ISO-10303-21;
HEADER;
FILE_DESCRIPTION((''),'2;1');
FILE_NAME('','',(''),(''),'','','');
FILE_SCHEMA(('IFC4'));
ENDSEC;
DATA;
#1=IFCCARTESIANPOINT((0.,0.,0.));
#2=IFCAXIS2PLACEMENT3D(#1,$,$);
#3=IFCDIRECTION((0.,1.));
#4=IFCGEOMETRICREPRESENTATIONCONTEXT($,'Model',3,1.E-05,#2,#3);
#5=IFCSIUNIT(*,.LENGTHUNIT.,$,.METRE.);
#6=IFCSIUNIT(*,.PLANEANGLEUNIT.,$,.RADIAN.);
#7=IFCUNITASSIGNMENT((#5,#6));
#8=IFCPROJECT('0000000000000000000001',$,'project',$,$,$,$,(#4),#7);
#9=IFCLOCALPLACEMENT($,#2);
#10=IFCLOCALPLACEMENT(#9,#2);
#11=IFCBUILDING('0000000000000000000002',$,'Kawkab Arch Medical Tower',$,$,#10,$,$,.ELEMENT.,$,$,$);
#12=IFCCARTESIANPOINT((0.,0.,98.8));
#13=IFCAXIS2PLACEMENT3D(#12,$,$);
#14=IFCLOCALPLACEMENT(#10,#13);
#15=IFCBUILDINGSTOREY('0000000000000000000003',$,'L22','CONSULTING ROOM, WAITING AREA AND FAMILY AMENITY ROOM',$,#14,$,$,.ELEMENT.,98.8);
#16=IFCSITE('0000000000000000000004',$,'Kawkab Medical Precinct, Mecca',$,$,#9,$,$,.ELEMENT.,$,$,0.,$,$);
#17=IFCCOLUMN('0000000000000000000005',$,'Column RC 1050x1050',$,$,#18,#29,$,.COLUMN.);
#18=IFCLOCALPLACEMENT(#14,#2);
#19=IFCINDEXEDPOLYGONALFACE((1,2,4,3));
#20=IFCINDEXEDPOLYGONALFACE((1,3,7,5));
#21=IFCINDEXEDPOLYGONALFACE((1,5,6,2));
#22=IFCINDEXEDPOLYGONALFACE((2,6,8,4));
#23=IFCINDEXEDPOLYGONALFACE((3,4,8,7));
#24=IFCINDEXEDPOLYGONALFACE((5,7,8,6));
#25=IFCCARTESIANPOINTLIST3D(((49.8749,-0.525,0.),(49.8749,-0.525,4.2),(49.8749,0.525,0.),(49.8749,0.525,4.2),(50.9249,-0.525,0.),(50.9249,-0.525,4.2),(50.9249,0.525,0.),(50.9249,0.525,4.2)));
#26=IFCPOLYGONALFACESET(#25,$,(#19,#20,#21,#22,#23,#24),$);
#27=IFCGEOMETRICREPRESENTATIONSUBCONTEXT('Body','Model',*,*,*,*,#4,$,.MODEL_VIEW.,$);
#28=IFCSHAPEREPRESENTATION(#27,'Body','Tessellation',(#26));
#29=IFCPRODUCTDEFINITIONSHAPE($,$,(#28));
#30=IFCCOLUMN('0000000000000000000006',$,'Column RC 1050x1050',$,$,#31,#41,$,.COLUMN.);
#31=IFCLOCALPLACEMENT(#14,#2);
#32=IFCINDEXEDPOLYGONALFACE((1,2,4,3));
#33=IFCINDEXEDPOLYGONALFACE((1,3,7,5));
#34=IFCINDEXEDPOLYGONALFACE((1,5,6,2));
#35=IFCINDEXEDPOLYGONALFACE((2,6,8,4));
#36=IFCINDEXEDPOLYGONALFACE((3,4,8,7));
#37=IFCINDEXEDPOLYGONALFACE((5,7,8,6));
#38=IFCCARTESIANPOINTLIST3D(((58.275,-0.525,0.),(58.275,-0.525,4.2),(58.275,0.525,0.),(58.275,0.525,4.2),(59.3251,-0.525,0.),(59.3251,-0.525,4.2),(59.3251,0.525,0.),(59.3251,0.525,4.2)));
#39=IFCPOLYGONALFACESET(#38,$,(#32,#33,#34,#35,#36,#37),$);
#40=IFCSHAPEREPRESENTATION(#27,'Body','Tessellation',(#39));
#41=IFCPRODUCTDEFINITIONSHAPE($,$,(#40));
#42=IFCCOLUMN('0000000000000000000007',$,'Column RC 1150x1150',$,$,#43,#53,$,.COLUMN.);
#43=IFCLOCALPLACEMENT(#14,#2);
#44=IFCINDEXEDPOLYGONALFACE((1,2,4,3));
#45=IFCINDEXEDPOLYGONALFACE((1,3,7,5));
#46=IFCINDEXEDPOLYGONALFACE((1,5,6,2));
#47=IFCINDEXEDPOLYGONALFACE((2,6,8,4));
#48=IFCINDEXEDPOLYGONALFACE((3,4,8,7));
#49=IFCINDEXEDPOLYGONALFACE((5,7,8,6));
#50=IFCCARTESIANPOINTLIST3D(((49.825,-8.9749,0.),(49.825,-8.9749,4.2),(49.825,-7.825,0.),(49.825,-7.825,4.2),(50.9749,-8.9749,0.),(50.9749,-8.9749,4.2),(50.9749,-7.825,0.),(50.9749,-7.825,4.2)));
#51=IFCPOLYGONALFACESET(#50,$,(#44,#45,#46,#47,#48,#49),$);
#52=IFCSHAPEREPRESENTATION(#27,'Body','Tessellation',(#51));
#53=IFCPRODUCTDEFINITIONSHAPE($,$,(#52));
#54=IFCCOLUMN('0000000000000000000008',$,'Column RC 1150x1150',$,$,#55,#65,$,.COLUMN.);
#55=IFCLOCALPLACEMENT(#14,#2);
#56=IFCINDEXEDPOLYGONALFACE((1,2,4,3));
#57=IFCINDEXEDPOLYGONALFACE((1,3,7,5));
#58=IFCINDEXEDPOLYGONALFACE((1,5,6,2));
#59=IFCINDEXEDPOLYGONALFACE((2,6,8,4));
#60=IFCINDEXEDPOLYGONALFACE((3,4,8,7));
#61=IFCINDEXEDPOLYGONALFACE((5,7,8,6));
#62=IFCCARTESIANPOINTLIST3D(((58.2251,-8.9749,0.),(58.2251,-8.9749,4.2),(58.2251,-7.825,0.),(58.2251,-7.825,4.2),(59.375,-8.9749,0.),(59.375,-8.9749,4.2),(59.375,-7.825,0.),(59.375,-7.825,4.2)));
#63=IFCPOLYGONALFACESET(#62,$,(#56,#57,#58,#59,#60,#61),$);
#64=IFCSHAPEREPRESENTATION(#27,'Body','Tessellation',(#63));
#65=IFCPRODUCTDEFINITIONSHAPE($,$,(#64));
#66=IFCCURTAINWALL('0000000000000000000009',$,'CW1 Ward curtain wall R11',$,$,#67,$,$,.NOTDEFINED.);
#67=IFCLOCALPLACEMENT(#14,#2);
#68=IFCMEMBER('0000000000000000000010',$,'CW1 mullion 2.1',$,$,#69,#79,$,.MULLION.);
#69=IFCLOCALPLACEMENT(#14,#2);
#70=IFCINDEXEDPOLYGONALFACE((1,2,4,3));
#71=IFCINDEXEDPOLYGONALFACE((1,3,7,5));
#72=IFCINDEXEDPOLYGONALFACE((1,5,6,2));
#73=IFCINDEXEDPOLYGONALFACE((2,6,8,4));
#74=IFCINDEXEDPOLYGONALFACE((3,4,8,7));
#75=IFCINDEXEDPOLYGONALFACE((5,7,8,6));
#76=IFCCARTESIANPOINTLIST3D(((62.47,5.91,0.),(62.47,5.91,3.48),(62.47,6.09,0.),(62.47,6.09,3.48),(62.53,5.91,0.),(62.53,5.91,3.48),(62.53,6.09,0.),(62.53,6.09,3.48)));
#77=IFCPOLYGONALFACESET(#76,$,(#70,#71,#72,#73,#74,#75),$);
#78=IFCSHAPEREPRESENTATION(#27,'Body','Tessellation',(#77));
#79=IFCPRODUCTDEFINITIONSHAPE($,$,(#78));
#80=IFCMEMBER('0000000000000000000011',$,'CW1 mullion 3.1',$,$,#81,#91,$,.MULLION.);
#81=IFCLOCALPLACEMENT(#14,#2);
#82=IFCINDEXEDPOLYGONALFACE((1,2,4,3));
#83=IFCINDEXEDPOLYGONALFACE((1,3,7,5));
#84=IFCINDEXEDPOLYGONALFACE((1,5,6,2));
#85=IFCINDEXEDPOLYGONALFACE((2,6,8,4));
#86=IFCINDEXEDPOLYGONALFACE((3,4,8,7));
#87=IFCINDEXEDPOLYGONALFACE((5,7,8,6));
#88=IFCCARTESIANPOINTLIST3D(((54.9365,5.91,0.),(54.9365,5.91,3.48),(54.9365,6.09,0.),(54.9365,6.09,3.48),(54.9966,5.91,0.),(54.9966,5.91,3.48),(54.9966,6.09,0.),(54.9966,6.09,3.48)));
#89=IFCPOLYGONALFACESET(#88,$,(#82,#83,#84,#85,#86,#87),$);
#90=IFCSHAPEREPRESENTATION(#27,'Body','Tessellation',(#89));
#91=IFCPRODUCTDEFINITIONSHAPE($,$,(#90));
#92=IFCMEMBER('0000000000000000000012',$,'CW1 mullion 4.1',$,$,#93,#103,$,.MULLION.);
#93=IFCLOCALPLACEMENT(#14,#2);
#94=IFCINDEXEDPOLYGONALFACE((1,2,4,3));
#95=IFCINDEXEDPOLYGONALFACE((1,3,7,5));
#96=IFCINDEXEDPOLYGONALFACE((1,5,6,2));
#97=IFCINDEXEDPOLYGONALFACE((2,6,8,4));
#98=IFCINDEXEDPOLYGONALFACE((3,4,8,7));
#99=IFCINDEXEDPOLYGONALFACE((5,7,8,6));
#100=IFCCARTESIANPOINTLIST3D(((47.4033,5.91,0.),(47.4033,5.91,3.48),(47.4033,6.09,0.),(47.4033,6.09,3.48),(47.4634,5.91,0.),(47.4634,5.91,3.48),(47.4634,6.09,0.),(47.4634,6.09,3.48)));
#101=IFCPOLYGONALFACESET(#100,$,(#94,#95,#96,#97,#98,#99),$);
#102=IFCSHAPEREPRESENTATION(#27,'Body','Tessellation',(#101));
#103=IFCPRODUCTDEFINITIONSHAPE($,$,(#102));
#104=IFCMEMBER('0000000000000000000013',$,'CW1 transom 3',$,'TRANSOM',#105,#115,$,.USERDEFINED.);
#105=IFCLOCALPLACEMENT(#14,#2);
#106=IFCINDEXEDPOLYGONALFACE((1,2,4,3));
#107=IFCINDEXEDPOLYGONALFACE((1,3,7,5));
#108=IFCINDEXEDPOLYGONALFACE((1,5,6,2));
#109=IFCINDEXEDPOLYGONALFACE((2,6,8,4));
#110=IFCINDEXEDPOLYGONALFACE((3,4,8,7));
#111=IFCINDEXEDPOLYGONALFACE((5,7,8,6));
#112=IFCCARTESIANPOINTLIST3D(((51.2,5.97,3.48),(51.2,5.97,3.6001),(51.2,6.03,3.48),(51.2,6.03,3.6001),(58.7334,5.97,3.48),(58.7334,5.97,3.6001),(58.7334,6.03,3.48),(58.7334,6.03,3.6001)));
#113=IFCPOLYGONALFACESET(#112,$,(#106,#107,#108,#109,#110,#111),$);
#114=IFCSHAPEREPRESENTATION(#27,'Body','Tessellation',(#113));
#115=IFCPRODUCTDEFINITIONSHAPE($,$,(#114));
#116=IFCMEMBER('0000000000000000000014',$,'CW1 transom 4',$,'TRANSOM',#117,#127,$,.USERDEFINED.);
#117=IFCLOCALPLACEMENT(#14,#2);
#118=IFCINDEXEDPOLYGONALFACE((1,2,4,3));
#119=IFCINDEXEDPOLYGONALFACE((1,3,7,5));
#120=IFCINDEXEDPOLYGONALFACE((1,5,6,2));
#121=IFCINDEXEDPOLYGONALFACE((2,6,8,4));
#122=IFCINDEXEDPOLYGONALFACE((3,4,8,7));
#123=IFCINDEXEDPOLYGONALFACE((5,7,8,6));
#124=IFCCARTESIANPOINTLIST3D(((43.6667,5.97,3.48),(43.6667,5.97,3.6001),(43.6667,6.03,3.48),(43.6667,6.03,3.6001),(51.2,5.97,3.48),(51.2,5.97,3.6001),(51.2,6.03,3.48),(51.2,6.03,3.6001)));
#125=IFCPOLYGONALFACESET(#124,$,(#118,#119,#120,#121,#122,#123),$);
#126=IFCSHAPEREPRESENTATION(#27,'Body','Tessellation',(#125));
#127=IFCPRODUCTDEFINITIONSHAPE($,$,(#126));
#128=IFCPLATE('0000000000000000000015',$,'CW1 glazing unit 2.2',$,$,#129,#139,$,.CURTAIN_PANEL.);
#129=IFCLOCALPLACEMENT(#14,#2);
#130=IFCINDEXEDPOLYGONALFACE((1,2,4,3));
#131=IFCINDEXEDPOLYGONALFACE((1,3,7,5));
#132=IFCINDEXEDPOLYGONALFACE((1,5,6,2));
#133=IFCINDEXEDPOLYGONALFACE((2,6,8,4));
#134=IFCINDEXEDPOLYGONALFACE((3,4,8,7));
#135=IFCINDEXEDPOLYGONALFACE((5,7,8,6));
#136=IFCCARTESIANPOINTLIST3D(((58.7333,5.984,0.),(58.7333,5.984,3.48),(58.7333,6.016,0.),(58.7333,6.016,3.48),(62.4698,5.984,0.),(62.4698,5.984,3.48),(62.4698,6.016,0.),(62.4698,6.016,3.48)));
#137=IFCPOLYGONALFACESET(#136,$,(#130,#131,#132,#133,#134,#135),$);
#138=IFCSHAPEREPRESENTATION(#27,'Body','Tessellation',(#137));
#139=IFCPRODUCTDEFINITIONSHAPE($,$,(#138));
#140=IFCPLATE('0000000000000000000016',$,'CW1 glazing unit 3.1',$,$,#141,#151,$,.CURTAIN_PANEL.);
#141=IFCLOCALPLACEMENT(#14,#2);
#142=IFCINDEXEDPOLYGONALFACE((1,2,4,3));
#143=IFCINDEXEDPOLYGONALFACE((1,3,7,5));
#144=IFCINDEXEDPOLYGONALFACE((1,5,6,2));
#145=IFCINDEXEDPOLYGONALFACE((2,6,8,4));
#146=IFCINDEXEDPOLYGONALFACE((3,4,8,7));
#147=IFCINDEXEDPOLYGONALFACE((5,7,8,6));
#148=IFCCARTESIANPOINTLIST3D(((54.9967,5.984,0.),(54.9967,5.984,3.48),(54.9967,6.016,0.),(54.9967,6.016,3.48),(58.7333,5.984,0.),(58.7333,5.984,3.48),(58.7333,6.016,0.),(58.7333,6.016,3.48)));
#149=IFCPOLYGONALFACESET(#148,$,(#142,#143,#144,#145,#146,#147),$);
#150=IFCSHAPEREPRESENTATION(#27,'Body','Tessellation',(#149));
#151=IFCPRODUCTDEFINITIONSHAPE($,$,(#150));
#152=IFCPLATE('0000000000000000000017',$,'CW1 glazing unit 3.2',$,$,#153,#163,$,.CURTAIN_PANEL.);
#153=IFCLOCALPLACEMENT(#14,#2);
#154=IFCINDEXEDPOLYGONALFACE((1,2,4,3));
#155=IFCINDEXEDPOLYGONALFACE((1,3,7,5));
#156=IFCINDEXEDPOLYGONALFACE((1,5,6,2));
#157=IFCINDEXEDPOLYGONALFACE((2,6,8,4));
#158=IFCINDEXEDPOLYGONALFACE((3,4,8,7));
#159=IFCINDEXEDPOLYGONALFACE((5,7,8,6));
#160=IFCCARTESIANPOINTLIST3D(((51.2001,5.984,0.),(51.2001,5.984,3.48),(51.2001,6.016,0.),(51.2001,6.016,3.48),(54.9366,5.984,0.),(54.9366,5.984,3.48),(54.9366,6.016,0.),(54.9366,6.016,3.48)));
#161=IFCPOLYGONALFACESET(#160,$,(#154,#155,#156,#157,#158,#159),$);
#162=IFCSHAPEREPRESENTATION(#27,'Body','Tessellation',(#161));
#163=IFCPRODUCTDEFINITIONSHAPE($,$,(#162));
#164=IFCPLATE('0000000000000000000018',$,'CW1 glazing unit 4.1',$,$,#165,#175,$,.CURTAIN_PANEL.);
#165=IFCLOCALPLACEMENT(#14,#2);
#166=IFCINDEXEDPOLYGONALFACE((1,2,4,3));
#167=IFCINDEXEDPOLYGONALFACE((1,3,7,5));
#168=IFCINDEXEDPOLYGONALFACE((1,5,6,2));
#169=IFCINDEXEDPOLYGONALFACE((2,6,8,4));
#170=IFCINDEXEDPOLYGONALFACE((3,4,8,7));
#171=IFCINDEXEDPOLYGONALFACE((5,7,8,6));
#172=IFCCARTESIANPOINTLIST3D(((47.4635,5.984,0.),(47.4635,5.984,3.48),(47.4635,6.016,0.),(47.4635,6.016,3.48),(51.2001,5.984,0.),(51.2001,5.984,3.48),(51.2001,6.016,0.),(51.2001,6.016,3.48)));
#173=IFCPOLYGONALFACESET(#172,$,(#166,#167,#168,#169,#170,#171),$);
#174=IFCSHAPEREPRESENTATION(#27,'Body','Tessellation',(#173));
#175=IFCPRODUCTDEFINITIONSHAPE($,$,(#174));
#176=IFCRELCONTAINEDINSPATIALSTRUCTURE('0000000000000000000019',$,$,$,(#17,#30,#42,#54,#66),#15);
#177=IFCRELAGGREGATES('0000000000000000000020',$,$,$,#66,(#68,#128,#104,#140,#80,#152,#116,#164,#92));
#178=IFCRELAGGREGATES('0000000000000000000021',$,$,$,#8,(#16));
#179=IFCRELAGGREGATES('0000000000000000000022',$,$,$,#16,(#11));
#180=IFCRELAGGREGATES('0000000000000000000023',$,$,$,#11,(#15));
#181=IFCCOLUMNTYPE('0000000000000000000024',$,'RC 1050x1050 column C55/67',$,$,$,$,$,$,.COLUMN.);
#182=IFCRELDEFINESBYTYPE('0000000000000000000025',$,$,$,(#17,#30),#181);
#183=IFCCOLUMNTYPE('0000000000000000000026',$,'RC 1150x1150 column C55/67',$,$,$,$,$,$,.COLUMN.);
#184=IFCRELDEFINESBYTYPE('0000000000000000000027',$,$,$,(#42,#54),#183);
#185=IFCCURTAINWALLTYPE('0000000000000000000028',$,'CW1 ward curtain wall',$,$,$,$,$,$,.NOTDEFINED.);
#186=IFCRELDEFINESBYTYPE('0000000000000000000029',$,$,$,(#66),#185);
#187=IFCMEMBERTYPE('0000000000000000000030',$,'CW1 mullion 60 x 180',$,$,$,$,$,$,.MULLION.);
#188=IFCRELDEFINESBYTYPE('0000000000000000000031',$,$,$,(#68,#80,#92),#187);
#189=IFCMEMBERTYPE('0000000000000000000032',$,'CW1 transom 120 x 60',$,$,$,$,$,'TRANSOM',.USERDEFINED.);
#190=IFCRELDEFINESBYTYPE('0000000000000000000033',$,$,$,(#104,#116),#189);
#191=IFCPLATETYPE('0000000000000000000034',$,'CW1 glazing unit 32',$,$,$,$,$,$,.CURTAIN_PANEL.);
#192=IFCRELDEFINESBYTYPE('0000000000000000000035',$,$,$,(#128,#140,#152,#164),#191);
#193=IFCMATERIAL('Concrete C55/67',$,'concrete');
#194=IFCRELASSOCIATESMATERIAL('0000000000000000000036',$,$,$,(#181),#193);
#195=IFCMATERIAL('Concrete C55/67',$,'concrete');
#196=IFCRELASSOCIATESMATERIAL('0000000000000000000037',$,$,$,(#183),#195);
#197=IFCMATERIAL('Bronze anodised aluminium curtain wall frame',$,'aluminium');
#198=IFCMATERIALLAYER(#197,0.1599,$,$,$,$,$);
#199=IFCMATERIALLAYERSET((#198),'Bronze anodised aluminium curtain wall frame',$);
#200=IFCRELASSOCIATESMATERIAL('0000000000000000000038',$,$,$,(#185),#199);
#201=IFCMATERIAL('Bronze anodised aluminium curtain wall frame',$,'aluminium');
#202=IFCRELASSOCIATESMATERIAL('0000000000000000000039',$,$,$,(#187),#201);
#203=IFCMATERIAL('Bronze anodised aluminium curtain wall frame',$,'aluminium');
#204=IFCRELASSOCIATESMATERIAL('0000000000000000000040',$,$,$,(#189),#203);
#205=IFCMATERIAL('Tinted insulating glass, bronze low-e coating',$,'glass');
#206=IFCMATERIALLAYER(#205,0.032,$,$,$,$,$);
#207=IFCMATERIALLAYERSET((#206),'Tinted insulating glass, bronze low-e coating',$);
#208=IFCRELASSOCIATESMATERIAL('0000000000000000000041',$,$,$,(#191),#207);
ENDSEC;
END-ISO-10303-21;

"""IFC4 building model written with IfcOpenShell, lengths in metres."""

from ifc_helpers import new_model, si_unit, direction, frame, origin, origin_2d, place, context, subcontext, project, spatial, rectangle, extrude, material, layer, layer_set, material_profile, profile_set, type_object, element, aggregate, save


model = new_model("IFC4")

# Units and contexts
model_context = context("Model", 3, precision=1e-05, world=origin(), true_north=direction((0.0, 1.0)))
body_context = subcontext(model_context, "Body", "Model", "MODEL_VIEW")
ifc_project = project(units=[si_unit("LENGTHUNIT", "METRE"), si_unit("PLANEANGLEUNIT", "RADIAN")], contexts=[model_context])

# Site, building, storey
site_placement = place(None, origin())
site = spatial("IfcSite", under=ifc_project, at=site_placement, Name="Kawkab Medical Precinct, Mecca", CompositionType="ELEMENT", RefElevation=0.0)
building_placement = place(site_placement, origin())
building = spatial("IfcBuilding", under=site, at=building_placement, Name="Kawkab Arch Medical Tower", CompositionType="ELEMENT")
storey_placement = place(building_placement, frame((0.0, 0.0, 98.8)))
storey = spatial("IfcBuildingStorey", under=building, at=storey_placement, Name="L22", Description="CONSULTING ROOM, WAITING AREA AND FAMILY AMENITY ROOM", CompositionType="ELEMENT", Elevation=98.8)

# Columns
ifc_material_1 = material(Name="Concrete C55/67", Category="concrete")
ifc_material_profile_1 = material_profile(ifc_material_1, rectangle(XDim=1.05, YDim=1.05, at=origin_2d()), Name="RC 1050x1050")
ifc_profile_set_1 = profile_set([ifc_material_profile_1], Name="Concrete C55/67")
column_type_1 = type_object("IfcColumnType", Name="RC 1050x1050 column C55/67", PredefinedType="COLUMN", material=ifc_profile_set_1)
for number, where, z_axis, x_axis, name in (
    (1, (50.3999, 0.0, 0.0), (0.0, 0.0, 1.0), (1.0, 0.0, 0.0), "Column RC 1050x1050"),
    (2, (58.8, 0.0, 0.0), (0.0, 0.0, 1.0), (1.0, 0.0, 0.0), "Column RC 1050x1050"),
):
    element("IfcColumn", number, at=place(storey_placement, frame(where, z_axis=z_axis, x_axis=x_axis)), inside=storey, type_object=column_type_1, Name=name, PredefinedType="COLUMN", context=body_context, shape_type="SweptSolid", body=[
        extrude(rectangle(XDim=1.05, YDim=1.05, at=origin_2d()), origin(), (0.0, 0.0, 1.0), 4.2),
    ])
ifc_material_2 = material(Name="Concrete C55/67", Category="concrete")
ifc_material_profile_2 = material_profile(ifc_material_2, rectangle(XDim=1.1499, YDim=1.1499, at=origin_2d()), Name="RC 1150x1150")
ifc_profile_set_2 = profile_set([ifc_material_profile_2], Name="Concrete C55/67")
column_type_2 = type_object("IfcColumnType", Name="RC 1150x1150 column C55/67", PredefinedType="COLUMN", material=ifc_profile_set_2)
for number, where, z_axis, x_axis, name in (
    (3, (50.3999, -8.3999, 0.0), (0.0, 0.0, 1.0), (1.0, 0.0, 0.0), "Column RC 1150x1150"),
    (4, (58.8, -8.3999, 0.0), (0.0, 0.0, 1.0), (1.0, 0.0, 0.0), "Column RC 1150x1150"),
):
    element("IfcColumn", number, at=place(storey_placement, frame(where, z_axis=z_axis, x_axis=x_axis)), inside=storey, type_object=column_type_2, Name=name, PredefinedType="COLUMN", context=body_context, shape_type="SweptSolid", body=[
        extrude(rectangle(XDim=1.1499, YDim=1.1499, at=origin_2d()), origin(), (0.0, 0.0, 1.0), 4.2),
    ])

# Curtain wall, members, plates
ifc_material_3 = material(Name="Bronze anodised aluminium curtain wall frame", Category="aluminium")
ifc_layer_1 = layer(ifc_material_3, 0.1599)
ifc_layer_set_1 = layer_set([ifc_layer_1], Name="Bronze anodised aluminium curtain wall frame")
curtain_wall_type = type_object("IfcCurtainWallType", Name="CW1 ward curtain wall", PredefinedType="NOTDEFINED", material=ifc_layer_set_1)
curtain_wall_placement = place(storey_placement, origin())
curtain_wall = element("IfcCurtainWall", 5, at=curtain_wall_placement, inside=storey, type_object=curtain_wall_type, Name="CW1 Ward curtain wall R11", PredefinedType="NOTDEFINED")
ifc_material_4 = material(Name="Bronze anodised aluminium curtain wall frame", Category="aluminium")
ifc_material_profile_3 = material_profile(ifc_material_4, rectangle(XDim=0.1799, YDim=0.0601, at=origin_2d()), Name="AL 60x180")
ifc_profile_set_3 = profile_set([ifc_material_profile_3], Name="Bronze anodised aluminium curtain wall frame")
member_type_1 = type_object("IfcMemberType", Name="CW1 mullion 60 x 180", PredefinedType="MULLION", material=ifc_profile_set_3)
member_1_placement = place(storey_placement, frame((62.5, 6.0, 0.0), z_axis=(0.0, 0.0, 1.0), x_axis=(0.0, -1.0, 0.0)))
member_1 = element("IfcMember", 6, at=member_1_placement, type_object=member_type_1, Name="CW1 mullion 2.1", PredefinedType="MULLION", context=body_context, shape_type="SweptSolid", body=[
    extrude(rectangle(XDim=0.1799, YDim=0.0601, at=origin_2d()), origin(), (0.0, 0.0, 1.0), 3.48),
])
member_2_placement = place(storey_placement, frame((54.9666, 6.0, 0.0), z_axis=(0.0, 0.0, 1.0), x_axis=(0.0, -1.0, 0.0)))
member_2 = element("IfcMember", 7, at=member_2_placement, type_object=member_type_1, Name="CW1 mullion 3.1", PredefinedType="MULLION", context=body_context, shape_type="SweptSolid", body=[
    extrude(rectangle(XDim=0.1799, YDim=0.0601, at=origin_2d()), origin(), (0.0, 0.0, 1.0), 3.48),
])
member_3_placement = place(storey_placement, frame((47.4333, 6.0, 0.0), z_axis=(0.0, 0.0, 1.0), x_axis=(0.0, -1.0, 0.0)))
member_3 = element("IfcMember", 8, at=member_3_placement, type_object=member_type_1, Name="CW1 mullion 4.1", PredefinedType="MULLION", context=body_context, shape_type="SweptSolid", body=[
    extrude(rectangle(XDim=0.1799, YDim=0.0601, at=origin_2d()), origin(), (0.0, 0.0, 1.0), 3.48),
])
ifc_material_5 = material(Name="Bronze anodised aluminium curtain wall frame", Category="aluminium")
ifc_material_profile_4 = material_profile(ifc_material_5, rectangle(XDim=0.0601, YDim=0.1201, at=origin_2d()), Name="AL 60x120")
ifc_profile_set_4 = profile_set([ifc_material_profile_4], Name="Bronze anodised aluminium curtain wall frame")
member_type_2 = type_object("IfcMemberType", Name="CW1 transom 120 x 60", ElementType="TRANSOM", PredefinedType="USERDEFINED", material=ifc_profile_set_4)
member_4_placement = place(storey_placement, frame((58.7334, 6.0, 3.54), z_axis=(-1.0, 0.0, 0.0), x_axis=(0.0, -1.0, 0.0)))
member_4 = element("IfcMember", 9, at=member_4_placement, type_object=member_type_2, Name="CW1 transom 3", ObjectType="TRANSOM", PredefinedType="USERDEFINED", context=body_context, shape_type="SweptSolid", body=[
    extrude(rectangle(XDim=0.0601, YDim=0.1201, at=origin_2d()), origin(), (0.0, 0.0, 1.0), 7.5334),
])
member_5_placement = place(storey_placement, frame((51.2, 6.0, 3.54), z_axis=(-1.0, 0.0, 0.0), x_axis=(0.0, -1.0, 0.0)))
member_5 = element("IfcMember", 10, at=member_5_placement, type_object=member_type_2, Name="CW1 transom 4", ObjectType="TRANSOM", PredefinedType="USERDEFINED", context=body_context, shape_type="SweptSolid", body=[
    extrude(rectangle(XDim=0.0601, YDim=0.1201, at=origin_2d()), origin(), (0.0, 0.0, 1.0), 7.5332),
])
ifc_material_6 = material(Name="Tinted insulating glass, bronze low-e coating", Category="glass")
ifc_layer_2 = layer(ifc_material_6, 0.032)
ifc_layer_set_2 = layer_set([ifc_layer_2], Name="Tinted insulating glass, bronze low-e coating")
plate_type = type_object("IfcPlateType", Name="CW1 glazing unit 32", PredefinedType="CURTAIN_PANEL", material=ifc_layer_set_2)
plate_1_placement = place(storey_placement, frame((60.6016, 6.0, 0.0), z_axis=(0.0, 0.0, 1.0), x_axis=(-1.0, 0.0, 0.0)))
plate_1 = element("IfcPlate", 11, at=plate_1_placement, type_object=plate_type, Name="CW1 glazing unit 2.2", PredefinedType="CURTAIN_PANEL", context=body_context, shape_type="SweptSolid", body=[
    extrude(rectangle(XDim=3.7366, YDim=0.032, at=origin_2d()), origin(), (0.0, 0.0, 1.0), 3.48),
])
plate_2_placement = place(storey_placement, frame((56.865, 6.0, 0.0), z_axis=(0.0, 0.0, 1.0), x_axis=(-1.0, 0.0, 0.0)))
plate_2 = element("IfcPlate", 12, at=plate_2_placement, type_object=plate_type, Name="CW1 glazing unit 3.1", PredefinedType="CURTAIN_PANEL", context=body_context, shape_type="SweptSolid", body=[
    extrude(rectangle(XDim=3.7366, YDim=0.032, at=origin_2d()), origin(), (0.0, 0.0, 1.0), 3.48),
])
plate_3_placement = place(storey_placement, frame((53.0684, 6.0, 0.0), z_axis=(0.0, 0.0, 1.0), x_axis=(-1.0, 0.0, 0.0)))
plate_3 = element("IfcPlate", 13, at=plate_3_placement, type_object=plate_type, Name="CW1 glazing unit 3.2", PredefinedType="CURTAIN_PANEL", context=body_context, shape_type="SweptSolid", body=[
    extrude(rectangle(XDim=3.7366, YDim=0.032, at=origin_2d()), origin(), (0.0, 0.0, 1.0), 3.48),
])
plate_4_placement = place(storey_placement, frame((49.3318, 6.0, 0.0), z_axis=(0.0, 0.0, 1.0), x_axis=(-1.0, 0.0, 0.0)))
plate_4 = element("IfcPlate", 14, at=plate_4_placement, type_object=plate_type, Name="CW1 glazing unit 4.1", PredefinedType="CURTAIN_PANEL", context=body_context, shape_type="SweptSolid", body=[
    extrude(rectangle(XDim=3.7366, YDim=0.032, at=origin_2d()), origin(), (0.0, 0.0, 1.0), 3.48),
])
aggregate(curtain_wall, [member_1, plate_1, member_4, plate_2, member_2, plate_3, member_5, plate_4, member_3])

save(model, "model.ifc")
